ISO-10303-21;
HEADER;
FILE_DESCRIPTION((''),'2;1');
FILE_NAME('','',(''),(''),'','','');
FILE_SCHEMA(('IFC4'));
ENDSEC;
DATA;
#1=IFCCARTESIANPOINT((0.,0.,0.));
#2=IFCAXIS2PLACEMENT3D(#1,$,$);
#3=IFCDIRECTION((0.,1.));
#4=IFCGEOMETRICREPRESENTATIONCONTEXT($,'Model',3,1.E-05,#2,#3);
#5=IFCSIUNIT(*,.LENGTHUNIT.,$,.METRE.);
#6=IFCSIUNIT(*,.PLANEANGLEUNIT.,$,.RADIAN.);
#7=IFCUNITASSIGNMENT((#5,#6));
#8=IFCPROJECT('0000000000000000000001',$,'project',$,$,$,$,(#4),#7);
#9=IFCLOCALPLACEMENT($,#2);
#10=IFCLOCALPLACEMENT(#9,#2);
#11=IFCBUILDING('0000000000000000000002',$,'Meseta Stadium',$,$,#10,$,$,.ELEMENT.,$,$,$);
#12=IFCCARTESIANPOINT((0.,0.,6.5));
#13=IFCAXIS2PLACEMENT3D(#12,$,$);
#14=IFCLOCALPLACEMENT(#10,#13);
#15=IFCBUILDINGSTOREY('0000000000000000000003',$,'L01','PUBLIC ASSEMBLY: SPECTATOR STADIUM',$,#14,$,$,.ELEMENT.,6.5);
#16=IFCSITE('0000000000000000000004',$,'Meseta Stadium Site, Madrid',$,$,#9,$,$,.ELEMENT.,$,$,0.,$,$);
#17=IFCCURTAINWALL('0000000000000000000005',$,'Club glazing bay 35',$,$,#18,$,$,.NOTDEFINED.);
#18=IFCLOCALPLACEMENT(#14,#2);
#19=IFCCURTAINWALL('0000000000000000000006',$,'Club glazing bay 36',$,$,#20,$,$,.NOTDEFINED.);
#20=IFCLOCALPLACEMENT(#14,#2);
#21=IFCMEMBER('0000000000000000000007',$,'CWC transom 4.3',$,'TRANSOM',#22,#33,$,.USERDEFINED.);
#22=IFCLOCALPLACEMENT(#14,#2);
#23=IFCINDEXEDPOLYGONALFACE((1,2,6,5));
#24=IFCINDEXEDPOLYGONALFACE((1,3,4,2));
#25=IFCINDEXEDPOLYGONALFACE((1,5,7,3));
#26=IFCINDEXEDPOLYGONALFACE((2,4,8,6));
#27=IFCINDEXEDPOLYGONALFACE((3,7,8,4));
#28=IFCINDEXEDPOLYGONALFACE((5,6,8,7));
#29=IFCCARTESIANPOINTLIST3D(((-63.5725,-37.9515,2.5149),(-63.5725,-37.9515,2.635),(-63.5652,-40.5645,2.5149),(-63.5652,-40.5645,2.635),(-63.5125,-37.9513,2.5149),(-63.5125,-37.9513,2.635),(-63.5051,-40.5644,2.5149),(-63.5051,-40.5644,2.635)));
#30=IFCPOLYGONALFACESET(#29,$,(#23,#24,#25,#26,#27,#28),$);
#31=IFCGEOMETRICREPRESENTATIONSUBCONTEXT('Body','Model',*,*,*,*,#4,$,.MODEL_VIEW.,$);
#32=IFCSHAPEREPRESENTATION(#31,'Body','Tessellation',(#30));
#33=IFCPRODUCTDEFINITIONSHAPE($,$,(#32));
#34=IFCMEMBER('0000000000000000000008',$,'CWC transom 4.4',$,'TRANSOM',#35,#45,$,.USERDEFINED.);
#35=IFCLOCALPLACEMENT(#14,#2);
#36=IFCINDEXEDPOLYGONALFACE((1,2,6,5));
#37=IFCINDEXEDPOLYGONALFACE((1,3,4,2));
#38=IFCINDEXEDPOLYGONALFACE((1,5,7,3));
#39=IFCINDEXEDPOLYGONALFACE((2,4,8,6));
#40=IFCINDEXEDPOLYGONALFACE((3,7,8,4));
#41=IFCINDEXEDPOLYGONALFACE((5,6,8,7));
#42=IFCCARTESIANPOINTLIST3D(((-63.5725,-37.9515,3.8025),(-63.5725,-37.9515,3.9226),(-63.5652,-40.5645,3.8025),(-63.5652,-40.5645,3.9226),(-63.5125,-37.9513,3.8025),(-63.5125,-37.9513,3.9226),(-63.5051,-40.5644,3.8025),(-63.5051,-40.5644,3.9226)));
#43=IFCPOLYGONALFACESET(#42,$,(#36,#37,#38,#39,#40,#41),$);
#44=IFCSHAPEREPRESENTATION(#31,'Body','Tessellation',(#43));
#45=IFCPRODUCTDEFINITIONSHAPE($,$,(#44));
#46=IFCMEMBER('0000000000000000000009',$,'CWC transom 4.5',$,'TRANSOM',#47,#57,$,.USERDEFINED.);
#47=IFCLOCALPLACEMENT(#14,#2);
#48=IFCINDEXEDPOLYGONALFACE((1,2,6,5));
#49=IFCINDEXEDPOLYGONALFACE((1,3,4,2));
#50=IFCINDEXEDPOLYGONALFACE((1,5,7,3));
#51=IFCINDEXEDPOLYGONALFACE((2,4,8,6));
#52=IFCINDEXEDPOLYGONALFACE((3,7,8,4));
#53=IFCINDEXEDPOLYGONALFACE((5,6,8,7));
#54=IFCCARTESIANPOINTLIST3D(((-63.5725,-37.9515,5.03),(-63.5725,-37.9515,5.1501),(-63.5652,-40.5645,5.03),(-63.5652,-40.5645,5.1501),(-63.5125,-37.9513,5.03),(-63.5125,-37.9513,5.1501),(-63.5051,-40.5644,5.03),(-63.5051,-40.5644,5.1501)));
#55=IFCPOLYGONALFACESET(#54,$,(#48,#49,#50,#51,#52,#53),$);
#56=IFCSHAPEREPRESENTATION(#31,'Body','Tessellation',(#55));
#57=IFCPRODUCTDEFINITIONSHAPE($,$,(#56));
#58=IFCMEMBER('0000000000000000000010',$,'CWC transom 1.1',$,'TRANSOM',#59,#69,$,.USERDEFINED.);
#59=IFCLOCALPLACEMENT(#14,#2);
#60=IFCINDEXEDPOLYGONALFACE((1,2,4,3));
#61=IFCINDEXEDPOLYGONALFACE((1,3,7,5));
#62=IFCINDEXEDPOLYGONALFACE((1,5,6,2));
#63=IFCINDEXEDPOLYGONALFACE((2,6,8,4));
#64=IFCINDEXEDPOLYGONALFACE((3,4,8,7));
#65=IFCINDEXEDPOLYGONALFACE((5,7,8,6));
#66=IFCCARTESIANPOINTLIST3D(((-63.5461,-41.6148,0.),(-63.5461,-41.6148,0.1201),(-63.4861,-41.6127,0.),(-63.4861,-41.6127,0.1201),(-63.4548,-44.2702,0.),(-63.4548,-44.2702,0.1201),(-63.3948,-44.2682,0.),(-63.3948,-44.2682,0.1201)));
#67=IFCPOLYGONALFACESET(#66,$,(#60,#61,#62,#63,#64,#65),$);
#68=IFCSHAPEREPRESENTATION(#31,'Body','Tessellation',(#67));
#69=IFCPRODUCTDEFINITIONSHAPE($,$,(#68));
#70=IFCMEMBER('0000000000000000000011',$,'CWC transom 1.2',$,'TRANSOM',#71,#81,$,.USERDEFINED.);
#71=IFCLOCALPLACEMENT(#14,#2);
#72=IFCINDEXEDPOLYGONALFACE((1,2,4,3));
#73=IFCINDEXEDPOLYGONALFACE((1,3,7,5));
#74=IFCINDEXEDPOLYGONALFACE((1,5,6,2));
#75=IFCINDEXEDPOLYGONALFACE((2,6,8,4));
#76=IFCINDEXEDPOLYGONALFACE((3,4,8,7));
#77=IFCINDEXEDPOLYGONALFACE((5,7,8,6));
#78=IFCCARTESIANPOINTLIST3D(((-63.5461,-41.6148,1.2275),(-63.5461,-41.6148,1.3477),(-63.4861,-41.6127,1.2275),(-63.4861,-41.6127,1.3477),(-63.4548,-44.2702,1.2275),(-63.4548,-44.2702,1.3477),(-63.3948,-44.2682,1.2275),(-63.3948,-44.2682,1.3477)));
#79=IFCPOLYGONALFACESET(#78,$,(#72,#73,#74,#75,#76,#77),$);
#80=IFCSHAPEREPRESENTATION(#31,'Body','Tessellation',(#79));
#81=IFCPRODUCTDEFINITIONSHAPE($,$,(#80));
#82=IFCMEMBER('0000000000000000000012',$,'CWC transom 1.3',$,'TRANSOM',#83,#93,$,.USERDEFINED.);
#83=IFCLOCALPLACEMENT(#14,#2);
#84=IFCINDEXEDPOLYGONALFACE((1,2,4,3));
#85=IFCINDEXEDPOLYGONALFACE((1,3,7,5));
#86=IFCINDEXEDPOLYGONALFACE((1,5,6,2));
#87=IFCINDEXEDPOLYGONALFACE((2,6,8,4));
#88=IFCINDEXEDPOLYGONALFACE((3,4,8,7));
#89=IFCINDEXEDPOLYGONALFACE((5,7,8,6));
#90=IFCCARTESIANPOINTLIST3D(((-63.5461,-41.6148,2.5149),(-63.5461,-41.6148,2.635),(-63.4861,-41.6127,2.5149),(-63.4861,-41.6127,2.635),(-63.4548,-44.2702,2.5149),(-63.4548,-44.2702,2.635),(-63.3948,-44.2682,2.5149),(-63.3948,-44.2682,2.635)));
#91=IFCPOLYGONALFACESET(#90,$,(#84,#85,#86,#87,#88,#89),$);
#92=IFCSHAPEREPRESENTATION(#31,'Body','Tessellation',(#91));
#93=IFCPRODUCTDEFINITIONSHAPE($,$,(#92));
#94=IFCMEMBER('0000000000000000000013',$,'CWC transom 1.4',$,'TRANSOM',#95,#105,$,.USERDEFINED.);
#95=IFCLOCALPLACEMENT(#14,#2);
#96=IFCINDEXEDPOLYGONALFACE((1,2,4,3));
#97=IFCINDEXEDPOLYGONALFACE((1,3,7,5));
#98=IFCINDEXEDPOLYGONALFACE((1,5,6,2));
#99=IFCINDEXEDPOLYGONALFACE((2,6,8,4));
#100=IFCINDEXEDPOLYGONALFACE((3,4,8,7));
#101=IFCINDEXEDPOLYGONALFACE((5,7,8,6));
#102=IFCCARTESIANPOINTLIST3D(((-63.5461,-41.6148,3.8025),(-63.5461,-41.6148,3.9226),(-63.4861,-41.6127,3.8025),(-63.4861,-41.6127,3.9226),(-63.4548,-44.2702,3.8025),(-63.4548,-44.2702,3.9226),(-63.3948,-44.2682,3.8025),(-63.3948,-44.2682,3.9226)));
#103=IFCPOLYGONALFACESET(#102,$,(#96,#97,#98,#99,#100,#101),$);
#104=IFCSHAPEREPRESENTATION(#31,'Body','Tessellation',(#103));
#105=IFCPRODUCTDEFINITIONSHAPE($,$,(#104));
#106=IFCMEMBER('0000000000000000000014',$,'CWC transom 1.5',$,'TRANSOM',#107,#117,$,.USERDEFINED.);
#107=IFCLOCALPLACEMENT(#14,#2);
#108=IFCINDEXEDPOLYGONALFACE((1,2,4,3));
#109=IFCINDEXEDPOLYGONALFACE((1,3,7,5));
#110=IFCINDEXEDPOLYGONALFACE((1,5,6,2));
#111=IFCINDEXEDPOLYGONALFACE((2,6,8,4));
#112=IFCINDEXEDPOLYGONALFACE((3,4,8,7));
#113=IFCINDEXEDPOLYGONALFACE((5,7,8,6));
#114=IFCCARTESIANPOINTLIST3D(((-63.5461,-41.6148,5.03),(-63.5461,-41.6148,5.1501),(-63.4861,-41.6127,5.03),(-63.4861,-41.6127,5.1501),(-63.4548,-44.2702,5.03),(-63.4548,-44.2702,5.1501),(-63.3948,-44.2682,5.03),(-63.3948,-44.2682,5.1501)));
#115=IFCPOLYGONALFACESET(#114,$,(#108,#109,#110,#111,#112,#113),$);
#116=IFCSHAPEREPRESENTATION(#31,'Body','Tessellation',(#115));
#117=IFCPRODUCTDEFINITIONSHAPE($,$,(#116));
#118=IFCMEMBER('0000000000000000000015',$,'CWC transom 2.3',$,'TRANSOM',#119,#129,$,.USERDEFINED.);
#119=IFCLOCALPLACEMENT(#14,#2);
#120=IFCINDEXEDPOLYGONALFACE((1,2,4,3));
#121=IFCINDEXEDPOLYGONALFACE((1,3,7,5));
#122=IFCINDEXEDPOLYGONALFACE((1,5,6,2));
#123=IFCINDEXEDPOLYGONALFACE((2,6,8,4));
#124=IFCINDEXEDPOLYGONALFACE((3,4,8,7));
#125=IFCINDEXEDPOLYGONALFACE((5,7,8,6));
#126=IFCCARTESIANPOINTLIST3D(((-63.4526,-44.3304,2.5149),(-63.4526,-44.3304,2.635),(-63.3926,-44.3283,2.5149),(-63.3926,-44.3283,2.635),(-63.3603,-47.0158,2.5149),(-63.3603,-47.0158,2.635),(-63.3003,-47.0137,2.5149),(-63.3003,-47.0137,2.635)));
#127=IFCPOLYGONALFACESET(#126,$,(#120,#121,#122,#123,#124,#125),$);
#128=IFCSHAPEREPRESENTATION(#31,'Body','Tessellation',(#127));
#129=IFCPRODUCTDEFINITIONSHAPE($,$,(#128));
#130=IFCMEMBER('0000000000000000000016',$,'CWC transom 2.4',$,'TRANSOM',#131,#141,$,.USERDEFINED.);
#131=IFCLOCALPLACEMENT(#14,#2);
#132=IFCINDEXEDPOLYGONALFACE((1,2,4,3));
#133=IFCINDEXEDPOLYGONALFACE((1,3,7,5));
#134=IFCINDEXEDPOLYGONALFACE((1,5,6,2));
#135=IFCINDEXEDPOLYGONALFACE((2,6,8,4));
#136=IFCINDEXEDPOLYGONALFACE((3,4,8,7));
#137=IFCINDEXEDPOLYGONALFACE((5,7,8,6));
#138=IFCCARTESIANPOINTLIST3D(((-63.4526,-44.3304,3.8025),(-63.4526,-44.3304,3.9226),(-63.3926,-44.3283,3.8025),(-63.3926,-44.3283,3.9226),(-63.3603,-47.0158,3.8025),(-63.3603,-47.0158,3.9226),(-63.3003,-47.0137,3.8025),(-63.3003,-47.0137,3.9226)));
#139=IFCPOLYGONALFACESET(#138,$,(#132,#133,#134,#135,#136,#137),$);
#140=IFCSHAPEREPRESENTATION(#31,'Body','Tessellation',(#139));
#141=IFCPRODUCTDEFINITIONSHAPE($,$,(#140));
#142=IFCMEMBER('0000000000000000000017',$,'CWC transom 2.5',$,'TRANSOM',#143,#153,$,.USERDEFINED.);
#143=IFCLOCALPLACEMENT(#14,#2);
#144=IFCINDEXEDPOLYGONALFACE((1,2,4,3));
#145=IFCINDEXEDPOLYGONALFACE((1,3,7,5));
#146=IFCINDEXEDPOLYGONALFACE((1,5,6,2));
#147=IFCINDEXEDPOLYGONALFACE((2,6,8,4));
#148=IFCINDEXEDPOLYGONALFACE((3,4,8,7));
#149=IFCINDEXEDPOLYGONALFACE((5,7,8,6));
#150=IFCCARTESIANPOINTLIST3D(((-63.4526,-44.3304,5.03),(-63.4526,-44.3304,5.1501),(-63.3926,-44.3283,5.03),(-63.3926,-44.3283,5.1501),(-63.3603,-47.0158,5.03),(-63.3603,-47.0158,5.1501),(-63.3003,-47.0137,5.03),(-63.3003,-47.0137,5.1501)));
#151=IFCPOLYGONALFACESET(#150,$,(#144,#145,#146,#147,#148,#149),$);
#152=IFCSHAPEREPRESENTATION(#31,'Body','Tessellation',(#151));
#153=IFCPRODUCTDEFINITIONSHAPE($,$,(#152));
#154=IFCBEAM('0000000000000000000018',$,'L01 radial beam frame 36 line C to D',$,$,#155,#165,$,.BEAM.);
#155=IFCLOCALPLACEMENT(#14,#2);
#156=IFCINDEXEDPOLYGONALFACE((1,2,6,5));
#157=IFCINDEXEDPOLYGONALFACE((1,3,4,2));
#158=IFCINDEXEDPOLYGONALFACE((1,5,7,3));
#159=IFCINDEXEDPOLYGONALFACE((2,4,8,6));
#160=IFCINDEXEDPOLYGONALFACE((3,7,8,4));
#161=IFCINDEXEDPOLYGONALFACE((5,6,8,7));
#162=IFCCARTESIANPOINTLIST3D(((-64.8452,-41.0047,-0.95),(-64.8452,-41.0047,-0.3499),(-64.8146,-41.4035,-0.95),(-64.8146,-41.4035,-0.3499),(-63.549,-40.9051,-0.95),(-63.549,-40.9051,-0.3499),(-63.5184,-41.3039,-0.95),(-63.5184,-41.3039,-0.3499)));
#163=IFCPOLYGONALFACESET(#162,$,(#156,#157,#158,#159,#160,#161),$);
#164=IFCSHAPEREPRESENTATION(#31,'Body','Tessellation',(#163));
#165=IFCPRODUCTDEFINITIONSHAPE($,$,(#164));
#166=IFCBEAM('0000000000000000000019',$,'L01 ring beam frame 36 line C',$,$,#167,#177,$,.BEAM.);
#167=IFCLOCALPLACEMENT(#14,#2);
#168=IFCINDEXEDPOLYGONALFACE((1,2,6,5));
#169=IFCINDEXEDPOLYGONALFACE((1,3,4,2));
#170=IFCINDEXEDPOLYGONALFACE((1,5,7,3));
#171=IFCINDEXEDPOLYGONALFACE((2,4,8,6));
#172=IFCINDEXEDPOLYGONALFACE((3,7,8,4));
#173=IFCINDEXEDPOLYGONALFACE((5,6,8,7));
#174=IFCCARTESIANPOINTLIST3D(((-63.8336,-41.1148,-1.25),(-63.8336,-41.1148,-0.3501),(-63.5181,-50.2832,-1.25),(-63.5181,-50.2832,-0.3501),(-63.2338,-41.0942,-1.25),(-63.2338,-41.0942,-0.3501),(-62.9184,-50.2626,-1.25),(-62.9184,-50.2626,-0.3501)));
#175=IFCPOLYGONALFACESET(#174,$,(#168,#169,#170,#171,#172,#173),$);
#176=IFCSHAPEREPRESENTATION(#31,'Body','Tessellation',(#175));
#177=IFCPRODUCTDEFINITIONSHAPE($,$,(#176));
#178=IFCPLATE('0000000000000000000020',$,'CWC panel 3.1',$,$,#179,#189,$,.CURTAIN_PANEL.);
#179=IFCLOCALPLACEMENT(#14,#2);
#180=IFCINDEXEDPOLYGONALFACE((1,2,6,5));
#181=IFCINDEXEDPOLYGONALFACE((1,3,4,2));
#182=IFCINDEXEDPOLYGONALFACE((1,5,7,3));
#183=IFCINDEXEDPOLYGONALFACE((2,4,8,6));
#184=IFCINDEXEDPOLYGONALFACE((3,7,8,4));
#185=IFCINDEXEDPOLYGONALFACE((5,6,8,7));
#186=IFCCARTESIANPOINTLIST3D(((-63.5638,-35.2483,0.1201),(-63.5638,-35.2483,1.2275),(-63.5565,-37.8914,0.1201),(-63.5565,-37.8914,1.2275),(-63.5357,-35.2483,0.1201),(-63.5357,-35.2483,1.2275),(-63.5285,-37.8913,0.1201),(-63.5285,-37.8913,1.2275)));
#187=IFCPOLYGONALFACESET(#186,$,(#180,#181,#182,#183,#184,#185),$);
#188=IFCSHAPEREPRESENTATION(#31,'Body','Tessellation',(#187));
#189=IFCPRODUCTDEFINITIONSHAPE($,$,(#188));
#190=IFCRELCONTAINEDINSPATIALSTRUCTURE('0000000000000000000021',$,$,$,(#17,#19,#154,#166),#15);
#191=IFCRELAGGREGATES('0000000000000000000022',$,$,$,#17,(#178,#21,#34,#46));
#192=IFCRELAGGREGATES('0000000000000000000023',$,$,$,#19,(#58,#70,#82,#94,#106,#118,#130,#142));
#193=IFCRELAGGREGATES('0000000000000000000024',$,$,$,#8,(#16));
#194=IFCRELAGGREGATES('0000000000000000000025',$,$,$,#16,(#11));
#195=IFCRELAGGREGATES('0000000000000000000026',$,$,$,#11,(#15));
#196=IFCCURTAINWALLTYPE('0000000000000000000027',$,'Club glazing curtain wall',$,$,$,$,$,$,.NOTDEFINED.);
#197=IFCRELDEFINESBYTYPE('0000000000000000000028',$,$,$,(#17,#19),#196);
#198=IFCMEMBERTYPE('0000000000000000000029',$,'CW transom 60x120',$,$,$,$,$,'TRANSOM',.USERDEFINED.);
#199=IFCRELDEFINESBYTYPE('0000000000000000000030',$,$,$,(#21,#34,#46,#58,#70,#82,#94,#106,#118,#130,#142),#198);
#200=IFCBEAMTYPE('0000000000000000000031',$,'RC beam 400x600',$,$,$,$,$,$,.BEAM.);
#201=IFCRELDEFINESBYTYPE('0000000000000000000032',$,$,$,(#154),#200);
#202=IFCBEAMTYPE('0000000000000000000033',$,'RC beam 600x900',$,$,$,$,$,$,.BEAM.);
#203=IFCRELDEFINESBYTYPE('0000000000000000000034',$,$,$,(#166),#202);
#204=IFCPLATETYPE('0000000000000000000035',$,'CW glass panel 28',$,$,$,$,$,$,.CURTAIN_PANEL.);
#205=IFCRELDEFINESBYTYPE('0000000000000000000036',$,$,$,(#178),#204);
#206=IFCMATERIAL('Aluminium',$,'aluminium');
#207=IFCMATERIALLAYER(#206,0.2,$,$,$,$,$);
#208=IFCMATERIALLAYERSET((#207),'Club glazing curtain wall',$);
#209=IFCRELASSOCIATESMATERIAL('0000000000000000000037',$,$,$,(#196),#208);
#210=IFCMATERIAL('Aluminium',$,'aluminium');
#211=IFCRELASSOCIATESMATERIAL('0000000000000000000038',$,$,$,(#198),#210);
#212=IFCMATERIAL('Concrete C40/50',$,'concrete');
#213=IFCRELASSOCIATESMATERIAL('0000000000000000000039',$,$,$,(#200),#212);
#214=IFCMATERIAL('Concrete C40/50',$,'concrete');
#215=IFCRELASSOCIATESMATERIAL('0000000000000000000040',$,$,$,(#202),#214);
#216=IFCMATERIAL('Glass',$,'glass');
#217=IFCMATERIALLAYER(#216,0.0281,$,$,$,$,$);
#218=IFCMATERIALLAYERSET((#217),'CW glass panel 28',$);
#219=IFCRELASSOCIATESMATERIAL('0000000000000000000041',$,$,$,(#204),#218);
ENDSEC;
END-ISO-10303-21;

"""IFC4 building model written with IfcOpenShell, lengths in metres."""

from ifc_helpers import new_model, si_unit, direction, frame, origin, origin_2d, place, context, subcontext, project, spatial, rectangle, extrude, material, layer, layer_set, material_profile, profile_set, type_object, element, aggregate, save


model = new_model("IFC4")

# Units and contexts
model_context = context("Model", 3, precision=1e-05, world=origin(), true_north=direction((0.0, 1.0)))
body_context = subcontext(model_context, "Body", "Model", "MODEL_VIEW")
ifc_project = project(units=[si_unit("LENGTHUNIT", "METRE"), si_unit("PLANEANGLEUNIT", "RADIAN")], contexts=[model_context])

# Site, building, storey
site_placement = place(None, origin())
site = spatial("IfcSite", under=ifc_project, at=site_placement, Name="Meseta Stadium Site, Madrid", CompositionType="ELEMENT", RefElevation=0.0)
building_placement = place(site_placement, origin())
building = spatial("IfcBuilding", under=site, at=building_placement, Name="Meseta Stadium", CompositionType="ELEMENT")
storey_placement = place(building_placement, frame((0.0, 0.0, 6.5)))
storey = spatial("IfcBuildingStorey", under=building, at=storey_placement, Name="L01", Description="PUBLIC ASSEMBLY: SPECTATOR STADIUM", CompositionType="ELEMENT", Elevation=6.5)

# Curtain walls
ifc_material_1 = material(Name="Aluminium", Category="aluminium")
ifc_layer_1 = layer(ifc_material_1, 0.2)
ifc_layer_set_1 = layer_set([ifc_layer_1], Name="Club glazing curtain wall")
curtain_wall_type = type_object("IfcCurtainWallType", Name="Club glazing curtain wall", PredefinedType="NOTDEFINED", material=ifc_layer_set_1)
curtain_wall_1_placement = place(storey_placement, origin())
curtain_wall_1 = element("IfcCurtainWall", 1, at=curtain_wall_1_placement, inside=storey, type_object=curtain_wall_type, Name="Club glazing bay 35", PredefinedType="NOTDEFINED")
curtain_wall_2_placement = place(storey_placement, origin())
curtain_wall_2 = element("IfcCurtainWall", 2, at=curtain_wall_2_placement, inside=storey, type_object=curtain_wall_type, Name="Club glazing bay 36", PredefinedType="NOTDEFINED")

# Members
ifc_material_2 = material(Name="Aluminium", Category="aluminium")
ifc_material_profile_1 = material_profile(ifc_material_2, rectangle(XDim=0.0601, YDim=0.1201, at=origin_2d()), Name="CW 60x120")
ifc_profile_set_1 = profile_set([ifc_material_profile_1], Name="Aluminium")
member_type_1 = type_object("IfcMemberType", Name="CW transom 60x120", ElementType="TRANSOM", PredefinedType="USERDEFINED", material=ifc_profile_set_1)
member_1_placement = place(storey_placement, frame((-63.5425, -37.9514, 2.575), z_axis=(0.002803, -0.999996, 0.0), x_axis=(0.999996, 0.002803, 0.0)))
member_1 = element("IfcMember", 3, at=member_1_placement, type_object=member_type_1, Name="CWC transom 4.3", ObjectType="TRANSOM", PredefinedType="USERDEFINED", context=body_context, shape_type="SweptSolid", body=[
    extrude(rectangle(XDim=0.0601, YDim=0.1201, at=origin_2d()), origin(), (0.0, 0.0, 1.0), 2.613),
])
member_2_placement = place(storey_placement, frame((-63.5425, -37.9514, 3.8625), z_axis=(0.002803, -0.999996, 0.0), x_axis=(0.999996, 0.002803, 0.0)))
member_2 = element("IfcMember", 4, at=member_2_placement, type_object=member_type_1, Name="CWC transom 4.4", ObjectType="TRANSOM", PredefinedType="USERDEFINED", context=body_context, shape_type="SweptSolid", body=[
    extrude(rectangle(XDim=0.0601, YDim=0.1201, at=origin_2d()), origin(), (0.0, 0.0, 1.0), 2.613),
])
member_3_placement = place(storey_placement, frame((-63.5425, -37.9514, 5.0901), z_axis=(0.002803, -0.999996, 0.0), x_axis=(0.999996, 0.002803, 0.0)))
member_3 = element("IfcMember", 5, at=member_3_placement, type_object=member_type_1, Name="CWC transom 4.5", ObjectType="TRANSOM", PredefinedType="USERDEFINED", context=body_context, shape_type="SweptSolid", body=[
    extrude(rectangle(XDim=0.0601, YDim=0.1201, at=origin_2d()), origin(), (0.0, 0.0, 1.0), 2.613),
])
member_4_placement = place(storey_placement, frame((-63.5161, -41.6138, 0.0601), z_axis=(0.034364, -0.999409, 0.0), x_axis=(0.999409, 0.034364, 0.0)))
member_4 = element("IfcMember", 6, at=member_4_placement, type_object=member_type_1, Name="CWC transom 1.1", ObjectType="TRANSOM", PredefinedType="USERDEFINED", context=body_context, shape_type="SweptSolid", body=[
    extrude(rectangle(XDim=0.0601, YDim=0.1201, at=origin_2d()), origin(), (0.0, 0.0, 1.0), 2.657),
])
member_5_placement = place(storey_placement, frame((-63.5161, -41.6138, 1.2876), z_axis=(0.034364, -0.999409, 0.0), x_axis=(0.999409, 0.034364, 0.0)))
member_5 = element("IfcMember", 7, at=member_5_placement, type_object=member_type_1, Name="CWC transom 1.2", ObjectType="TRANSOM", PredefinedType="USERDEFINED", context=body_context, shape_type="SweptSolid", body=[
    extrude(rectangle(XDim=0.0601, YDim=0.1201, at=origin_2d()), origin(), (0.0, 0.0, 1.0), 2.657),
])
member_6_placement = place(storey_placement, frame((-63.5161, -41.6138, 2.575), z_axis=(0.034364, -0.999409, 0.0), x_axis=(0.999409, 0.034364, 0.0)))
member_6 = element("IfcMember", 8, at=member_6_placement, type_object=member_type_1, Name="CWC transom 1.3", ObjectType="TRANSOM", PredefinedType="USERDEFINED", context=body_context, shape_type="SweptSolid", body=[
    extrude(rectangle(XDim=0.0601, YDim=0.1201, at=origin_2d()), origin(), (0.0, 0.0, 1.0), 2.657),
])
member_7_placement = place(storey_placement, frame((-63.5161, -41.6138, 3.8625), z_axis=(0.034364, -0.999409, 0.0), x_axis=(0.999409, 0.034364, 0.0)))
member_7 = element("IfcMember", 9, at=member_7_placement, type_object=member_type_1, Name="CWC transom 1.4", ObjectType="TRANSOM", PredefinedType="USERDEFINED", context=body_context, shape_type="SweptSolid", body=[
    extrude(rectangle(XDim=0.0601, YDim=0.1201, at=origin_2d()), origin(), (0.0, 0.0, 1.0), 2.657),
])
member_8_placement = place(storey_placement, frame((-63.5161, -41.6138, 5.0901), z_axis=(0.034364, -0.999409, 0.0), x_axis=(0.999409, 0.034364, 0.0)))
member_8 = element("IfcMember", 10, at=member_8_placement, type_object=member_type_1, Name="CWC transom 1.5", ObjectType="TRANSOM", PredefinedType="USERDEFINED", context=body_context, shape_type="SweptSolid", body=[
    extrude(rectangle(XDim=0.0601, YDim=0.1201, at=origin_2d()), origin(), (0.0, 0.0, 1.0), 2.657),
])
member_9_placement = place(storey_placement, frame((-63.4226, -44.3293, 2.575), z_axis=(0.034343, -0.99941, 0.0), x_axis=(0.99941, 0.034343, 0.0)))
member_9 = element("IfcMember", 11, at=member_9_placement, type_object=member_type_1, Name="CWC transom 2.3", ObjectType="TRANSOM", PredefinedType="USERDEFINED", context=body_context, shape_type="SweptSolid", body=[
    extrude(rectangle(XDim=0.0601, YDim=0.1201, at=origin_2d()), origin(), (0.0, 0.0, 1.0), 2.687),
])
member_10_placement = place(storey_placement, frame((-63.4226, -44.3293, 3.8625), z_axis=(0.034343, -0.99941, 0.0), x_axis=(0.99941, 0.034343, 0.0)))
member_10 = element("IfcMember", 12, at=member_10_placement, type_object=member_type_1, Name="CWC transom 2.4", ObjectType="TRANSOM", PredefinedType="USERDEFINED", context=body_context, shape_type="SweptSolid", body=[
    extrude(rectangle(XDim=0.0601, YDim=0.1201, at=origin_2d()), origin(), (0.0, 0.0, 1.0), 2.687),
])
member_11_placement = place(storey_placement, frame((-63.4226, -44.3293, 5.0901), z_axis=(0.034343, -0.99941, 0.0), x_axis=(0.99941, 0.034343, 0.0)))
member_11 = element("IfcMember", 13, at=member_11_placement, type_object=member_type_1, Name="CWC transom 2.5", ObjectType="TRANSOM", PredefinedType="USERDEFINED", context=body_context, shape_type="SweptSolid", body=[
    extrude(rectangle(XDim=0.0601, YDim=0.1201, at=origin_2d()), origin(), (0.0, 0.0, 1.0), 2.687),
])

# Beams
ifc_material_3 = material(Name="Concrete C40/50", Category="concrete")
ifc_material_profile_2 = material_profile(ifc_material_3, rectangle(XDim=0.3999, YDim=0.6001, at=origin_2d()), Name="RC 400x600")
ifc_profile_set_2 = profile_set([ifc_material_profile_2], Name="Concrete C40/50")
beam_type_1 = type_object("IfcBeamType", Name="RC beam 400x600", PredefinedType="BEAM", material=ifc_profile_set_2)
beam_1_placement = place(storey_placement, frame((-63.5337, -41.1045, -0.6499), z_axis=(-0.99706, -0.076625, 0.0), x_axis=(0.076625, -0.99706, 0.0)))
element("IfcBeam", 14, at=beam_1_placement, inside=storey, type_object=beam_type_1, Name="L01 radial beam frame 36 line C to D", PredefinedType="BEAM", context=body_context, shape_type="SweptSolid", body=[
    extrude(rectangle(XDim=0.3999, YDim=0.6001, at=origin_2d()), origin(), (0.0, 0.0, 1.0), 1.3),
])
ifc_material_4 = material(Name="Concrete C40/50", Category="concrete")
ifc_material_profile_3 = material_profile(ifc_material_4, rectangle(XDim=0.6001, YDim=0.8999, at=origin_2d()), Name="RC 600x900")
ifc_profile_set_3 = profile_set([ifc_material_profile_3], Name="Concrete C40/50")
beam_type_2 = type_object("IfcBeamType", Name="RC beam 600x900", PredefinedType="BEAM", material=ifc_profile_set_3)
beam_2_placement = place(storey_placement, frame((-63.5337, -41.1045, -0.8), z_axis=(0.034383, -0.999409, 0.0), x_axis=(0.999409, 0.034383, 0.0)))
element("IfcBeam", 15, at=beam_2_placement, inside=storey, type_object=beam_type_2, Name="L01 ring beam frame 36 line C", PredefinedType="BEAM", context=body_context, shape_type="SweptSolid", body=[
    extrude(rectangle(XDim=0.6001, YDim=0.8999, at=origin_2d()), origin(), (0.0, 0.0, 1.0), 9.1738),
])

# Plate
ifc_material_5 = material(Name="Glass", Category="glass")
ifc_layer_2 = layer(ifc_material_5, 0.0281)
ifc_layer_set_2 = layer_set([ifc_layer_2], Name="CW glass panel 28")
plate_type = type_object("IfcPlateType", Name="CW glass panel 28", PredefinedType="CURTAIN_PANEL", material=ifc_layer_set_2)
plate_1_placement = place(storey_placement, frame((-63.5461, -36.5698, 0.1201), z_axis=(0.0, 0.0, 1.0), x_axis=(0.002758, -0.999996, 0.0)))
plate_1 = element("IfcPlate", 16, at=plate_1_placement, type_object=plate_type, Name="CWC panel 3.1", PredefinedType="CURTAIN_PANEL", context=body_context, shape_type="SweptSolid", body=[
    extrude(rectangle(XDim=2.6431, YDim=0.0281, at=origin_2d()), origin(), (0.0, 0.0, 1.0), 1.1074),
])
aggregate(curtain_wall_1, [plate_1, member_1, member_2, member_3])
aggregate(curtain_wall_2, [member_4, member_5, member_6, member_7, member_8, member_9, member_10, member_11])

save(model, "model.ifc")
